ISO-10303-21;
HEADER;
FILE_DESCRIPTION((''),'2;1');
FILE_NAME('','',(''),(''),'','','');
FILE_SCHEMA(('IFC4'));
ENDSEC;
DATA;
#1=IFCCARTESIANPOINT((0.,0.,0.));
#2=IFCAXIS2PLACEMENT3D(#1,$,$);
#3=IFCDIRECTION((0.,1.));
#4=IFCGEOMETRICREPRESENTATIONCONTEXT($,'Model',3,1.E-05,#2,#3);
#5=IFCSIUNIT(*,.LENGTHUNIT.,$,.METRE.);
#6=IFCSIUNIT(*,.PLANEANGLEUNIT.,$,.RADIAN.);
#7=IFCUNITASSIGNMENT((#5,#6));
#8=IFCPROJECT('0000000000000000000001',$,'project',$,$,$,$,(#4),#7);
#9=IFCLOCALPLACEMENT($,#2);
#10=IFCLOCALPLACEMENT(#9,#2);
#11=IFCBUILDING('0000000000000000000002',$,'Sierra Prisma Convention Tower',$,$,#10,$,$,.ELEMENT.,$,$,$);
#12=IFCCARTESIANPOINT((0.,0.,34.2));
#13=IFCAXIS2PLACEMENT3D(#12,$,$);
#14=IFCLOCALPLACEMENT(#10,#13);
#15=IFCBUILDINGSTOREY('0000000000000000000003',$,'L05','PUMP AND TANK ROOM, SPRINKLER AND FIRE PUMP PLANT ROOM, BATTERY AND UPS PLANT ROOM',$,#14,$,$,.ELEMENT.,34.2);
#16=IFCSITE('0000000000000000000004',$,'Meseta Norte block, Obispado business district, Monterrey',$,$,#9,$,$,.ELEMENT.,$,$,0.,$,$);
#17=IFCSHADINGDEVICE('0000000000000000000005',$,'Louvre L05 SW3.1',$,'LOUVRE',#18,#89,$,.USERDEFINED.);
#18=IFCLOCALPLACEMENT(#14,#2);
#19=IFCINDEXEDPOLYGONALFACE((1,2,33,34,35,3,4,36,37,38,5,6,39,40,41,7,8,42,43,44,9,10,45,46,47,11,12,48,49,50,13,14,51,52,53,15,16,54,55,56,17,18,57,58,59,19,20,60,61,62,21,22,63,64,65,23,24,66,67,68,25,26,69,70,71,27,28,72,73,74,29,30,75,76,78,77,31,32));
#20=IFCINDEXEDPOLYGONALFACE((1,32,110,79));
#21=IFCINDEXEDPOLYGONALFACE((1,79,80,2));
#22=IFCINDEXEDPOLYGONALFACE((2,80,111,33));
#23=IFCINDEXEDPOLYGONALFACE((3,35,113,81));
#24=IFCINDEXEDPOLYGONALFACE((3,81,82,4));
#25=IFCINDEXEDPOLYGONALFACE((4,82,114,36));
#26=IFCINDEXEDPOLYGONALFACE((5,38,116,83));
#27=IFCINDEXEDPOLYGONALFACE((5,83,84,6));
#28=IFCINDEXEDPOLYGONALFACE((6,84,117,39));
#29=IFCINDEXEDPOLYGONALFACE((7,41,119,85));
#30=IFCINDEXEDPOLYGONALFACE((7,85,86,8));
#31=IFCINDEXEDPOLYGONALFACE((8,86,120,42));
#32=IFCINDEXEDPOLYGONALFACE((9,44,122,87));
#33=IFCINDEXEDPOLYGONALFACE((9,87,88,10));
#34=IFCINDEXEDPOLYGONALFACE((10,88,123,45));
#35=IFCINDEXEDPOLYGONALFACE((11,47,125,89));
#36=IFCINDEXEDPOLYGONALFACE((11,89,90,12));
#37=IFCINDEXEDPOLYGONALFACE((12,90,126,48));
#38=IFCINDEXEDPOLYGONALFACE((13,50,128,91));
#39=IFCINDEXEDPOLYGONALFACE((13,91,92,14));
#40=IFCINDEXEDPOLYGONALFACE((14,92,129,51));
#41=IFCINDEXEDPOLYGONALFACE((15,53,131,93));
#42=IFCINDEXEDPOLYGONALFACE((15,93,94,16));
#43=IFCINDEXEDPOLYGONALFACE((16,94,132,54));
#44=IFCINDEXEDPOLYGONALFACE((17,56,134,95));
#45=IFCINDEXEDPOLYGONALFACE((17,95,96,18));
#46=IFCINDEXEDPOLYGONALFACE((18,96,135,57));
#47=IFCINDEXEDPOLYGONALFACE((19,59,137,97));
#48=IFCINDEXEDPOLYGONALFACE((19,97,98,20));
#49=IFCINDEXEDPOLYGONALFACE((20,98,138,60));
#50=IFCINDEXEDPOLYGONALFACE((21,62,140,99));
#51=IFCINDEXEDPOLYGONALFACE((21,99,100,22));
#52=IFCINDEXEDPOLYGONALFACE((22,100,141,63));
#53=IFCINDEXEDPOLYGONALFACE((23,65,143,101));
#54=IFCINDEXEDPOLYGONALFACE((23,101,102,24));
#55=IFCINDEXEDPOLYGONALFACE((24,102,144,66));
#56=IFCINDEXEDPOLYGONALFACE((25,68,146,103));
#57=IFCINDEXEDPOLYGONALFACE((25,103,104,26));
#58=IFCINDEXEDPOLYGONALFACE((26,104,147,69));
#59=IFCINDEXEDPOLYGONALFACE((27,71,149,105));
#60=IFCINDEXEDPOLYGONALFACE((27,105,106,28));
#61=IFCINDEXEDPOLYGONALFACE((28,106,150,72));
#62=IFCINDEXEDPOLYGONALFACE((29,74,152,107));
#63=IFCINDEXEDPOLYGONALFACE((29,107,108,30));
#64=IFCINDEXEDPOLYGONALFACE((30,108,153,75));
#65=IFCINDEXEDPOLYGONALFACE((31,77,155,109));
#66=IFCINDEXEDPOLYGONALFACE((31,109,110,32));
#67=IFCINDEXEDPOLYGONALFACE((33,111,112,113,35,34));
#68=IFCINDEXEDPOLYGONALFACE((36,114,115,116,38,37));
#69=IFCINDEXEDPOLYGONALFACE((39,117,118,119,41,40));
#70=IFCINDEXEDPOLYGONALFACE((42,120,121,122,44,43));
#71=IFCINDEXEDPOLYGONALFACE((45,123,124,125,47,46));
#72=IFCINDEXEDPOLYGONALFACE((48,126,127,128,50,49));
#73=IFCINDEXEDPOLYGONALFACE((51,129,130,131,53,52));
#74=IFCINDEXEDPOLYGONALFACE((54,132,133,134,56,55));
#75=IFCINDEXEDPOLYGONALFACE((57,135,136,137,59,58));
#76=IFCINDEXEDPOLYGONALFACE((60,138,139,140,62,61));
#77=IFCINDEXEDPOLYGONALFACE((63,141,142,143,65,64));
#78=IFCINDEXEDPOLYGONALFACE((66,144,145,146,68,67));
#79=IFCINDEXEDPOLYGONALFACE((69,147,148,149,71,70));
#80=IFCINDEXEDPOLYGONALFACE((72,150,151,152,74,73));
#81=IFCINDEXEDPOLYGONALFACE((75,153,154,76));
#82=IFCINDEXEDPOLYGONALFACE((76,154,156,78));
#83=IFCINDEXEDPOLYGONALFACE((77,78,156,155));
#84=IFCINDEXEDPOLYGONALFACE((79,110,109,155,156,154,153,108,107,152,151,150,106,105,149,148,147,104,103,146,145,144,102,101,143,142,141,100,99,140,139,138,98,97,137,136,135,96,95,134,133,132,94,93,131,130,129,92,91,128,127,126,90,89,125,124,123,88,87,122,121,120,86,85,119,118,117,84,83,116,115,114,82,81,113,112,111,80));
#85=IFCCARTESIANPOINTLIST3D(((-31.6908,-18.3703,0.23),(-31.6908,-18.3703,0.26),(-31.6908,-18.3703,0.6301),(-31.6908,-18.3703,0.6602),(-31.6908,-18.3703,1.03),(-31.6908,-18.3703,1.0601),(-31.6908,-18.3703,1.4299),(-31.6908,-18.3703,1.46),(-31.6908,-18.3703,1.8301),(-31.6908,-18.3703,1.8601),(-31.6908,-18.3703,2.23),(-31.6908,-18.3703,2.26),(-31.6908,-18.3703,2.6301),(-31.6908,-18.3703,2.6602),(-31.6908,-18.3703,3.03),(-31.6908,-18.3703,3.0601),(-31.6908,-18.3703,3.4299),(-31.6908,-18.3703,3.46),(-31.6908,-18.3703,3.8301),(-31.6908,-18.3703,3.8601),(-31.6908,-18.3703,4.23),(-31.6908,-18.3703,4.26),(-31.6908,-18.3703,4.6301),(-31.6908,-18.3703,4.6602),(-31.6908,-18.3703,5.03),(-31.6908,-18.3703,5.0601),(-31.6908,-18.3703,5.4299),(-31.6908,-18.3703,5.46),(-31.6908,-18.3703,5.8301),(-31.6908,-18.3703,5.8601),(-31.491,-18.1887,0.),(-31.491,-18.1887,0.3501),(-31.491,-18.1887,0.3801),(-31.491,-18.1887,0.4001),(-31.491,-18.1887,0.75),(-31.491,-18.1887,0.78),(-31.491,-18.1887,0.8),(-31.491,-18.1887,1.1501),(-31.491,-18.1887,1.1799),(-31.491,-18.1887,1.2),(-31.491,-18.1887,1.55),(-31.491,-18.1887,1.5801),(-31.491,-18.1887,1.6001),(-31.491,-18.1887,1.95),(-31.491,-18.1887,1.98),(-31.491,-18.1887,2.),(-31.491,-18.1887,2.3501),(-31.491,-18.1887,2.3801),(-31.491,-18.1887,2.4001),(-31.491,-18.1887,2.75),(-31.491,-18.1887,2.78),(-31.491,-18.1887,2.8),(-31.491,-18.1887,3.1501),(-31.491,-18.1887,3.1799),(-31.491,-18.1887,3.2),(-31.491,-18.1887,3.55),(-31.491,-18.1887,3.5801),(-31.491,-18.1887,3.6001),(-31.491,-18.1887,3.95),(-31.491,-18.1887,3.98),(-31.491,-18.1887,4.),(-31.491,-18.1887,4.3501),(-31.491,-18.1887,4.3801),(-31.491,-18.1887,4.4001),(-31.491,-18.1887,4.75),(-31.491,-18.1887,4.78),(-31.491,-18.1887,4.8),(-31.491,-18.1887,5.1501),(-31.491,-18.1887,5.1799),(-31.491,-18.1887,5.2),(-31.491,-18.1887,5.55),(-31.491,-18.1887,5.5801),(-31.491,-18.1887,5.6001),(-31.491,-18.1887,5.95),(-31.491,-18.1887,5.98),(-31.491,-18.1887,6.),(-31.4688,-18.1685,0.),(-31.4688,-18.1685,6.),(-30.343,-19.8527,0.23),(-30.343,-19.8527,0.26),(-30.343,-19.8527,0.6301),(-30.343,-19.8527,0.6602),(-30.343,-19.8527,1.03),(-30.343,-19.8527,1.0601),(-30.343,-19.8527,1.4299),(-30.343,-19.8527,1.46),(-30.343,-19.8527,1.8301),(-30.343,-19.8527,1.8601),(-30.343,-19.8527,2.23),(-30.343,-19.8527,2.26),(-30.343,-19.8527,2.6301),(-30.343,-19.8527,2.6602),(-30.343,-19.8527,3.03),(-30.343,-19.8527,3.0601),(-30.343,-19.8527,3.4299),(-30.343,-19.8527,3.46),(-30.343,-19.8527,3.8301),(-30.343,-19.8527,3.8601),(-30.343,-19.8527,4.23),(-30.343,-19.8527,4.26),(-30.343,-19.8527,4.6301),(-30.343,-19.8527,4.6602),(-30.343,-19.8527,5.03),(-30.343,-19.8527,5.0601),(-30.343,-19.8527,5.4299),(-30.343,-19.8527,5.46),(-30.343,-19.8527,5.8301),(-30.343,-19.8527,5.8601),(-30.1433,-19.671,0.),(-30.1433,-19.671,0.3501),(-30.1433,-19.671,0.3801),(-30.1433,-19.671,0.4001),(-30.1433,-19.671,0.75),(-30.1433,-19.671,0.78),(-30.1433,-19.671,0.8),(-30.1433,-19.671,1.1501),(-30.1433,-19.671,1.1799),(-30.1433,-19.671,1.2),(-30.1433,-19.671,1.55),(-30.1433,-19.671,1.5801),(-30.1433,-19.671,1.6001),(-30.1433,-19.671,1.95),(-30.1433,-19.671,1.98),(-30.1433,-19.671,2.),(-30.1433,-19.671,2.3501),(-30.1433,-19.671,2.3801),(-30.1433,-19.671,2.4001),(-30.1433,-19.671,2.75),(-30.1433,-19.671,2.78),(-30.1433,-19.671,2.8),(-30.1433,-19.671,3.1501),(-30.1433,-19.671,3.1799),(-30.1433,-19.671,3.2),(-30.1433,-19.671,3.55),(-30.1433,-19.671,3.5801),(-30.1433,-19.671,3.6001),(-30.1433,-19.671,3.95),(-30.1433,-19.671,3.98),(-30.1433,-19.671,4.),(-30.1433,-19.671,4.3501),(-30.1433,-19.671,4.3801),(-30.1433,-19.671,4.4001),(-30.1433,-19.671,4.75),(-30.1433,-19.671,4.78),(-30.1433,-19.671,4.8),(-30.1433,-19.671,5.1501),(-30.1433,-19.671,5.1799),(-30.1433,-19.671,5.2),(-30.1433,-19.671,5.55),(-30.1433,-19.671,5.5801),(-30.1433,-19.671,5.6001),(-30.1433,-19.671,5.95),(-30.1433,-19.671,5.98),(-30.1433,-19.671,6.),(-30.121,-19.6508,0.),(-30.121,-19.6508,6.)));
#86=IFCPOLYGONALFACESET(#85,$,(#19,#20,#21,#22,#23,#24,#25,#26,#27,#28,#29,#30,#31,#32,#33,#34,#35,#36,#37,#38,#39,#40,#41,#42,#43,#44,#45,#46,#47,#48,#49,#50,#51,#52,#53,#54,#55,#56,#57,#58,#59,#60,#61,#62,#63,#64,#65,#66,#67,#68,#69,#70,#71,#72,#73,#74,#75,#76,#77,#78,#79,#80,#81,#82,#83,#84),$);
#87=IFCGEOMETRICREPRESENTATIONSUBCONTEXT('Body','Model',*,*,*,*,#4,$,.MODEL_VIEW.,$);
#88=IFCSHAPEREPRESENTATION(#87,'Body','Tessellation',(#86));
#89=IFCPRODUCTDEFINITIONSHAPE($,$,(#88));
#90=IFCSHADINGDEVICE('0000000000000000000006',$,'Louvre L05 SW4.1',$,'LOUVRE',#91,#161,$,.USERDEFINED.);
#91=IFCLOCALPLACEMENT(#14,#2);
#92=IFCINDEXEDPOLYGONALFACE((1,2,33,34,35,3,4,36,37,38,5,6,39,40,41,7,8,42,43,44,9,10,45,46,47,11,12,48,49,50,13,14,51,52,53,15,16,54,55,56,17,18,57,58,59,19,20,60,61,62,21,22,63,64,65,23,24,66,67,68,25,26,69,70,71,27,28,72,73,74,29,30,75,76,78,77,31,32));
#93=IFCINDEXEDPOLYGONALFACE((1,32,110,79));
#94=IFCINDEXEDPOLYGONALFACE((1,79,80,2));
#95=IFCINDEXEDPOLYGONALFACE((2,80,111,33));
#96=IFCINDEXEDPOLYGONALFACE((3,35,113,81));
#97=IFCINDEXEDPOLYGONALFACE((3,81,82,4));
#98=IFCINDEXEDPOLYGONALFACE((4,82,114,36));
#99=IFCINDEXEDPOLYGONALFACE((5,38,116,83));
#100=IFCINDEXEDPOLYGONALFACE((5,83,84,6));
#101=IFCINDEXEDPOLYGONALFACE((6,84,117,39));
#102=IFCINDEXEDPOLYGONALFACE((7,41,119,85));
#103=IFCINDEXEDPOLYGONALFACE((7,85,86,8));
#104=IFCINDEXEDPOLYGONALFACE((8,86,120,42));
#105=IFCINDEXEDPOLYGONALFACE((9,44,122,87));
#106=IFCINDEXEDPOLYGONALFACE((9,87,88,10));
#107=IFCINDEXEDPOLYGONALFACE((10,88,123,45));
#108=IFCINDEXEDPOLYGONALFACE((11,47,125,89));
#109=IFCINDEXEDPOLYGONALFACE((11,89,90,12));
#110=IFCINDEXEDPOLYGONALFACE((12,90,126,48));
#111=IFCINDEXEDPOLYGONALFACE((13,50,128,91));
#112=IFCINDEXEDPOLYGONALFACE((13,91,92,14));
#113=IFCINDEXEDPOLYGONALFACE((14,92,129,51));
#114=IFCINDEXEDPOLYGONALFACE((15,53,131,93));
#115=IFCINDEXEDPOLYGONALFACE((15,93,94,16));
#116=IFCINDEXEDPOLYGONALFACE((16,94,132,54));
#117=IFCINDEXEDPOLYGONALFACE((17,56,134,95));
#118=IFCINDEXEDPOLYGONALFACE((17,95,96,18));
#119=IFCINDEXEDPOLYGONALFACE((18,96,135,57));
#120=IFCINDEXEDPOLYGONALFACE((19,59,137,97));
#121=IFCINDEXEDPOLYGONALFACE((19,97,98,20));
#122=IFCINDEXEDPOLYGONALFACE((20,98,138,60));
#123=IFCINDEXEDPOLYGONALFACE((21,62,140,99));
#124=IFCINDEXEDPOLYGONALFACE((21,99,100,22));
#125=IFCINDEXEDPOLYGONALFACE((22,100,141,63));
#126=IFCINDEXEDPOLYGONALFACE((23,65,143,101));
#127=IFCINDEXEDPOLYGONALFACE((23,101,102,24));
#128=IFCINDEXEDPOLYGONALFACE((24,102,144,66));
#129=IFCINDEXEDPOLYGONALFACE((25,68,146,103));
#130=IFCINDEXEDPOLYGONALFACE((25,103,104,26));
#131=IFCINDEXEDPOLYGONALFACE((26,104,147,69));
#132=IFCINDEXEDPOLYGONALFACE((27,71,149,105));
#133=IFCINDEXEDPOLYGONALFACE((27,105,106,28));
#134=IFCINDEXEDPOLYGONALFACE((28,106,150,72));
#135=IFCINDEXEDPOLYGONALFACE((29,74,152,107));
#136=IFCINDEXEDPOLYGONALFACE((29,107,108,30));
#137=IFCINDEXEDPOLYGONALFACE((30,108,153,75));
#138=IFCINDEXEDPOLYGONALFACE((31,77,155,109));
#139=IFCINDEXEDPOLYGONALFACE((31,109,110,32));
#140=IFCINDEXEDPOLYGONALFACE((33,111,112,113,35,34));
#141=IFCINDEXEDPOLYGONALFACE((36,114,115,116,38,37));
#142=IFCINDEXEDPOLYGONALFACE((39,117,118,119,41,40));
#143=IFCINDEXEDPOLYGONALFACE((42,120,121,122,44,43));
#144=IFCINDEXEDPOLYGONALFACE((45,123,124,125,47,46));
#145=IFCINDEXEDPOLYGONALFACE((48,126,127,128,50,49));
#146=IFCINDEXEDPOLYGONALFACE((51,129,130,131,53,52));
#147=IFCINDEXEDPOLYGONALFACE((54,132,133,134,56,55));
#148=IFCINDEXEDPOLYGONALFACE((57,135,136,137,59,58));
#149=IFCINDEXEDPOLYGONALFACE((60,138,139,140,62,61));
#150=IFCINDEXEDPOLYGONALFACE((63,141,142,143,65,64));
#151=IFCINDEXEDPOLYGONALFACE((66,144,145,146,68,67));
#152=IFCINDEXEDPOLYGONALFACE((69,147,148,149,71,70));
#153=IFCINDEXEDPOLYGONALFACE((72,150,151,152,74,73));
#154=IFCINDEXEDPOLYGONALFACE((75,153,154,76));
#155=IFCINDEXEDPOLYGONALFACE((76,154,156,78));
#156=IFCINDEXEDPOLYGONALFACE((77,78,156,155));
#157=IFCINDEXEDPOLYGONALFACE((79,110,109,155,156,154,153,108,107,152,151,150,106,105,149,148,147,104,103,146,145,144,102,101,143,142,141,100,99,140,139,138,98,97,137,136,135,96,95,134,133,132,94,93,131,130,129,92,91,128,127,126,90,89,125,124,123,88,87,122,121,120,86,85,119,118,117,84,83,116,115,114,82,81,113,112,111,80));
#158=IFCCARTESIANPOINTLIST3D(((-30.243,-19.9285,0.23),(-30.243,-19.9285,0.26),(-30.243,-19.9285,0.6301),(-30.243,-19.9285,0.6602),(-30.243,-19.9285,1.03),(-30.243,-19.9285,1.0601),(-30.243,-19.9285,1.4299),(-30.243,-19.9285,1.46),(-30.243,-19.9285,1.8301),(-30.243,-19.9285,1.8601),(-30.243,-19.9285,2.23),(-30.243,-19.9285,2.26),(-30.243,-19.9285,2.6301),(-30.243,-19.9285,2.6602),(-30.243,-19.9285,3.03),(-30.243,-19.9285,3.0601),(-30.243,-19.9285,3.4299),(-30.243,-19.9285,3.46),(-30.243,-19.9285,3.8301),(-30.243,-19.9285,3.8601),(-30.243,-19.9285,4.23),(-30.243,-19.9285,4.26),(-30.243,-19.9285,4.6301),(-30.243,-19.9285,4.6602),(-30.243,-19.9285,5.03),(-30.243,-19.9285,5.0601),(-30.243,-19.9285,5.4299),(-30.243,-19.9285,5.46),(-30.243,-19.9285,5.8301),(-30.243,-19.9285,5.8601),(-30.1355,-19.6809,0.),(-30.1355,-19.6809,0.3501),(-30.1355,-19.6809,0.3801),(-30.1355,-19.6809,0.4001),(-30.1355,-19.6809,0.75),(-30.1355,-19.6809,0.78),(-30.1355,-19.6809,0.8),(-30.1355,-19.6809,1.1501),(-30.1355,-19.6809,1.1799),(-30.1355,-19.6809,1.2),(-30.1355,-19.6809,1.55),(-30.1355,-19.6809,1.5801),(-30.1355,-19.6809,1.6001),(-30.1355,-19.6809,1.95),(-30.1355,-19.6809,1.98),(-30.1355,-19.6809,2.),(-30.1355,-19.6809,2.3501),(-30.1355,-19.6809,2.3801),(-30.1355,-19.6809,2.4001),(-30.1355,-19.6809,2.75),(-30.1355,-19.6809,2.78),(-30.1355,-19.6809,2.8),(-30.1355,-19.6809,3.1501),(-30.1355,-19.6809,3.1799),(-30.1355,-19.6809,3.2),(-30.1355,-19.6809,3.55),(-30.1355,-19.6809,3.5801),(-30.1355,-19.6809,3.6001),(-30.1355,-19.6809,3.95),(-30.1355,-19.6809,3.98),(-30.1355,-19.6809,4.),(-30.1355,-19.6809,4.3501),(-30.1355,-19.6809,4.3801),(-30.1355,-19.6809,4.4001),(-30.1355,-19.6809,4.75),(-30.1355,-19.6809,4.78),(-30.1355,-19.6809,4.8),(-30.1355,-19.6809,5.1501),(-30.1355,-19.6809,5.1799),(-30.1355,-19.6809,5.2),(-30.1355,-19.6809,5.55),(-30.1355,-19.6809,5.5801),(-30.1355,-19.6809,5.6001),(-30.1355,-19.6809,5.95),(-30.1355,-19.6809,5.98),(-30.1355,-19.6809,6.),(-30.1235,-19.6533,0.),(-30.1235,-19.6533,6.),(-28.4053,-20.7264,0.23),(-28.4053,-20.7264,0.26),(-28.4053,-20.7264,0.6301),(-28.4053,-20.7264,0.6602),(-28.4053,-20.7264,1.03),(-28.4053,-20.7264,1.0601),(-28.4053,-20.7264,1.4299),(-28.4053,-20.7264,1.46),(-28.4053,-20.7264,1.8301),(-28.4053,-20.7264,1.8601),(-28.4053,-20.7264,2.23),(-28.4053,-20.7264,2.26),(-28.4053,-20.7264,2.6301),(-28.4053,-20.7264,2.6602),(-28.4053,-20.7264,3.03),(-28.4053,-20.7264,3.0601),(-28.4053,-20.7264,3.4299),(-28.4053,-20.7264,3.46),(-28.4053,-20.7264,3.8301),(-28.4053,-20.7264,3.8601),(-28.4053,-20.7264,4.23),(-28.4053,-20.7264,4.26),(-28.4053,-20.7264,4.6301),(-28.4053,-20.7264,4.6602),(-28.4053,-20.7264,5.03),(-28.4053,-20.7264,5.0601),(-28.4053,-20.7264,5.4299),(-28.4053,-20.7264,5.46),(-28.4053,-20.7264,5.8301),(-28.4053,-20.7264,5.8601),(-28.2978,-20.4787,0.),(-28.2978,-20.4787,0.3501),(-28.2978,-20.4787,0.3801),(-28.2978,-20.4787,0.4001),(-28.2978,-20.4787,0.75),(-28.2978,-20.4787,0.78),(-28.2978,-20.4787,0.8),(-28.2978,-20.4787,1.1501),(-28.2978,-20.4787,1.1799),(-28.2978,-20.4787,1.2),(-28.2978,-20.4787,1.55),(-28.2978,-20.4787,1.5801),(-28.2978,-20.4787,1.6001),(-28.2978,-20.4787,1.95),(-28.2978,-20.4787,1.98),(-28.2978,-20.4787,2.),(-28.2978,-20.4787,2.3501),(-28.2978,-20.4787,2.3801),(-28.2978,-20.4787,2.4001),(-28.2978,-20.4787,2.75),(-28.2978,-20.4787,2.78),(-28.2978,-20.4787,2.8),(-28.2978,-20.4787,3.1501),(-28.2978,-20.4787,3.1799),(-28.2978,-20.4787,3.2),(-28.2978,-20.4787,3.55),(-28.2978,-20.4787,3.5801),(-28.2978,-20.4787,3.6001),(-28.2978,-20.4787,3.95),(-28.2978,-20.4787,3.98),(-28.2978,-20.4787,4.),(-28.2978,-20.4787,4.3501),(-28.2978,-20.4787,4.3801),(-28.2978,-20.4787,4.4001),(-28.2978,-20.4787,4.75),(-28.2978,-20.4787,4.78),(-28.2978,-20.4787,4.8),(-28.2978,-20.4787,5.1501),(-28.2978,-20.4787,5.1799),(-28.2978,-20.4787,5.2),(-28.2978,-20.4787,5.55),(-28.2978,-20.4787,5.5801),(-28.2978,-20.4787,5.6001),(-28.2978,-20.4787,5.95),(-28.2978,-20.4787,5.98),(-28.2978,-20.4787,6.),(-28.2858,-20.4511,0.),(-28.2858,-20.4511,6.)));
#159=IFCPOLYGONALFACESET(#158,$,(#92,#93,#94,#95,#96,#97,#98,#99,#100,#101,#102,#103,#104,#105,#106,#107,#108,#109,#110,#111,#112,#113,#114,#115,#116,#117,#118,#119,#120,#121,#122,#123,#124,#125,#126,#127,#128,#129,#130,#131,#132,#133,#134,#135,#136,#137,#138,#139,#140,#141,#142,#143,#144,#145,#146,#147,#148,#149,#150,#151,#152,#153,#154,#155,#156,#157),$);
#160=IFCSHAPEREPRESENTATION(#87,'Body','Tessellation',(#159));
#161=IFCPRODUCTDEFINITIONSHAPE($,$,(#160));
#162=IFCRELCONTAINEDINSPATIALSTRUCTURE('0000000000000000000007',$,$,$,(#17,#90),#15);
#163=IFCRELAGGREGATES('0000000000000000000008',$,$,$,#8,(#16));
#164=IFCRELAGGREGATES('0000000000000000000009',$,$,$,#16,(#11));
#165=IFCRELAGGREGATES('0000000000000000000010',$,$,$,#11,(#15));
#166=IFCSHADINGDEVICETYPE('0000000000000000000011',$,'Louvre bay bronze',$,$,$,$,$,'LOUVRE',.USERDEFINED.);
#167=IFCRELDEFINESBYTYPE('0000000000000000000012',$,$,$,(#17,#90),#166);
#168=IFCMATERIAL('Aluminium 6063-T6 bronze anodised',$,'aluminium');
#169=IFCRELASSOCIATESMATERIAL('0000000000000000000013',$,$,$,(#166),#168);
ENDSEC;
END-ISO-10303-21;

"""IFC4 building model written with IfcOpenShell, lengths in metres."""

from ifc_helpers import new_model, si_unit, direction, frame, origin, place, context, subcontext, project, spatial, polyline, outline, extrude, material, type_object, element, save


model = new_model("IFC4")

# Units and contexts
model_context = context("Model", 3, precision=1e-05, world=origin(), true_north=direction((0.0, 1.0)))
body_context = subcontext(model_context, "Body", "Model", "MODEL_VIEW")
ifc_project = project(units=[si_unit("LENGTHUNIT", "METRE"), si_unit("PLANEANGLEUNIT", "RADIAN")], contexts=[model_context])

# Site, building, storey
site_placement = place(None, origin())
site = spatial("IfcSite", under=ifc_project, at=site_placement, Name="Meseta Norte block, Obispado business district, Monterrey", CompositionType="ELEMENT", RefElevation=0.0)
building_placement = place(site_placement, origin())
building = spatial("IfcBuilding", under=site, at=building_placement, Name="Sierra Prisma Convention Tower", CompositionType="ELEMENT")
storey_placement = place(building_placement, frame((0.0, 0.0, 34.2)))
storey = spatial("IfcBuildingStorey", under=building, at=storey_placement, Name="L05", Description="PUMP AND TANK ROOM, SPRINKLER AND FIRE PUMP PLANT ROOM, BATTERY AND UPS PLANT ROOM", CompositionType="ELEMENT", Elevation=34.2)

# Shading devices
ifc_material_1 = material(Name="Aluminium 6063-T6 bronze anodised", Category="aluminium")
shading_device_type = type_object("IfcShadingDeviceType", Name="Louvre bay bronze", ElementType="LOUVRE", PredefinedType="USERDEFINED", material=ifc_material_1)
shading_device_1_placement = place(storey_placement, frame((-31.4688, -18.1685, 0.0), z_axis=(-0.672709, 0.739907, 0.0), x_axis=(0.0, 0.0, 1.0)))
element("IfcShadingDevice", 1, at=shading_device_1_placement, inside=storey, type_object=shading_device_type, Name="Louvre L05 SW3.1", ObjectType="LOUVRE", PredefinedType="USERDEFINED", context=body_context, shape_type="SweptSolid", body=[
    extrude(outline(polyline([(0.0, 0.0), (6.0, 0.0), (6.0, -0.0301), (5.98, -0.0301), (5.8601, -0.3001), (5.8301, -0.3001), (5.95, -0.0301), (5.6001, -0.0301), (5.5801, -0.0301), (5.46, -0.3001), (5.4299, -0.3001), (5.55, -0.0301), (5.2, -0.0301), (5.1799, -0.0301), (5.0601, -0.3001), (5.03, -0.3001), (5.1501, -0.0301), (4.8, -0.0301), (4.78, -0.0301), (4.6602, -0.3001), (4.6301, -0.3001), (4.75, -0.0301), (4.4001, -0.0301), (4.3801, -0.0301), (4.26, -0.3001), (4.23, -0.3001), (4.3501, -0.0301), (4.0, -0.0301), (3.98, -0.0301), (3.8601, -0.3001), (3.8301, -0.3001), (3.95, -0.0301), (3.6001, -0.0301), (3.5801, -0.0301), (3.46, -0.3001), (3.4299, -0.3001), (3.55, -0.0301), (3.2, -0.0301), (3.1799, -0.0301), (3.0601, -0.3001), (3.03, -0.3001), (3.1501, -0.0301), (2.8, -0.0301), (2.78, -0.0301), (2.6602, -0.3001), (2.6301, -0.3001), (2.75, -0.0301), (2.4001, -0.0301), (2.3801, -0.0301), (2.26, -0.3001), (2.23, -0.3001), (2.3501, -0.0301), (2.0, -0.0301), (1.98, -0.0301), (1.8601, -0.3001), (1.8301, -0.3001), (1.95, -0.0301), (1.6001, -0.0301), (1.5801, -0.0301), (1.46, -0.3001), (1.4299, -0.3001), (1.55, -0.0301), (1.2, -0.0301), (1.1799, -0.0301), (1.0601, -0.3001), (1.03, -0.3001), (1.1501, -0.0301), (0.8, -0.0301), (0.78, -0.0301), (0.6602, -0.3001), (0.6301, -0.3001), (0.75, -0.0301), (0.4001, -0.0301), (0.3801, -0.0301), (0.26, -0.3001), (0.23, -0.3001), (0.3501, -0.0301), (0.0, -0.0301), (0.0, 0.0)])), origin(), (0.0, 0.0, -1.0), 2.0034),
])
shading_device_2_placement = place(storey_placement, frame((-30.1235, -19.6533, 0.0), z_axis=(-0.917284, 0.398234, 0.0), x_axis=(0.0, 0.0, 1.0)))
element("IfcShadingDevice", 2, at=shading_device_2_placement, inside=storey, type_object=shading_device_type, Name="Louvre L05 SW4.1", ObjectType="LOUVRE", PredefinedType="USERDEFINED", context=body_context, shape_type="SweptSolid", body=[
    extrude(outline(polyline([(0.0, 0.0), (6.0, 0.0), (6.0, -0.0301), (5.98, -0.0301), (5.8601, -0.3), (5.8301, -0.3), (5.95, -0.0301), (5.6001, -0.0301), (5.5801, -0.0301), (5.46, -0.3), (5.4299, -0.3), (5.55, -0.0301), (5.2, -0.0301), (5.1799, -0.0301), (5.0601, -0.3), (5.03, -0.3), (5.1501, -0.0301), (4.8, -0.0301), (4.78, -0.0301), (4.6602, -0.3), (4.6301, -0.3), (4.75, -0.0301), (4.4001, -0.0301), (4.3801, -0.0301), (4.26, -0.3), (4.23, -0.3), (4.3501, -0.0301), (4.0, -0.0301), (3.98, -0.0301), (3.8601, -0.3), (3.8301, -0.3), (3.95, -0.0301), (3.6001, -0.0301), (3.5801, -0.0301), (3.46, -0.3), (3.4299, -0.3), (3.55, -0.0301), (3.2, -0.0301), (3.1799, -0.0301), (3.0601, -0.3), (3.03, -0.3), (3.1501, -0.0301), (2.8, -0.0301), (2.78, -0.0301), (2.6602, -0.3), (2.6301, -0.3), (2.75, -0.0301), (2.4001, -0.0301), (2.3801, -0.0301), (2.26, -0.3), (2.23, -0.3), (2.3501, -0.0301), (2.0, -0.0301), (1.98, -0.0301), (1.8601, -0.3), (1.8301, -0.3), (1.95, -0.0301), (1.6001, -0.0301), (1.5801, -0.0301), (1.46, -0.3), (1.4299, -0.3), (1.55, -0.0301), (1.2, -0.0301), (1.1799, -0.0301), (1.0601, -0.3), (1.03, -0.3), (1.1501, -0.0301), (0.8, -0.0301), (0.78, -0.0301), (0.6602, -0.3), (0.6301, -0.3), (0.75, -0.0301), (0.4001, -0.0301), (0.3801, -0.0301), (0.26, -0.3), (0.23, -0.3), (0.3501, -0.0301), (0.0, -0.0301), (0.0, 0.0)])), origin(), (0.0, 0.0, -1.0), 2.0034),
])

save(model, "model.ifc")
